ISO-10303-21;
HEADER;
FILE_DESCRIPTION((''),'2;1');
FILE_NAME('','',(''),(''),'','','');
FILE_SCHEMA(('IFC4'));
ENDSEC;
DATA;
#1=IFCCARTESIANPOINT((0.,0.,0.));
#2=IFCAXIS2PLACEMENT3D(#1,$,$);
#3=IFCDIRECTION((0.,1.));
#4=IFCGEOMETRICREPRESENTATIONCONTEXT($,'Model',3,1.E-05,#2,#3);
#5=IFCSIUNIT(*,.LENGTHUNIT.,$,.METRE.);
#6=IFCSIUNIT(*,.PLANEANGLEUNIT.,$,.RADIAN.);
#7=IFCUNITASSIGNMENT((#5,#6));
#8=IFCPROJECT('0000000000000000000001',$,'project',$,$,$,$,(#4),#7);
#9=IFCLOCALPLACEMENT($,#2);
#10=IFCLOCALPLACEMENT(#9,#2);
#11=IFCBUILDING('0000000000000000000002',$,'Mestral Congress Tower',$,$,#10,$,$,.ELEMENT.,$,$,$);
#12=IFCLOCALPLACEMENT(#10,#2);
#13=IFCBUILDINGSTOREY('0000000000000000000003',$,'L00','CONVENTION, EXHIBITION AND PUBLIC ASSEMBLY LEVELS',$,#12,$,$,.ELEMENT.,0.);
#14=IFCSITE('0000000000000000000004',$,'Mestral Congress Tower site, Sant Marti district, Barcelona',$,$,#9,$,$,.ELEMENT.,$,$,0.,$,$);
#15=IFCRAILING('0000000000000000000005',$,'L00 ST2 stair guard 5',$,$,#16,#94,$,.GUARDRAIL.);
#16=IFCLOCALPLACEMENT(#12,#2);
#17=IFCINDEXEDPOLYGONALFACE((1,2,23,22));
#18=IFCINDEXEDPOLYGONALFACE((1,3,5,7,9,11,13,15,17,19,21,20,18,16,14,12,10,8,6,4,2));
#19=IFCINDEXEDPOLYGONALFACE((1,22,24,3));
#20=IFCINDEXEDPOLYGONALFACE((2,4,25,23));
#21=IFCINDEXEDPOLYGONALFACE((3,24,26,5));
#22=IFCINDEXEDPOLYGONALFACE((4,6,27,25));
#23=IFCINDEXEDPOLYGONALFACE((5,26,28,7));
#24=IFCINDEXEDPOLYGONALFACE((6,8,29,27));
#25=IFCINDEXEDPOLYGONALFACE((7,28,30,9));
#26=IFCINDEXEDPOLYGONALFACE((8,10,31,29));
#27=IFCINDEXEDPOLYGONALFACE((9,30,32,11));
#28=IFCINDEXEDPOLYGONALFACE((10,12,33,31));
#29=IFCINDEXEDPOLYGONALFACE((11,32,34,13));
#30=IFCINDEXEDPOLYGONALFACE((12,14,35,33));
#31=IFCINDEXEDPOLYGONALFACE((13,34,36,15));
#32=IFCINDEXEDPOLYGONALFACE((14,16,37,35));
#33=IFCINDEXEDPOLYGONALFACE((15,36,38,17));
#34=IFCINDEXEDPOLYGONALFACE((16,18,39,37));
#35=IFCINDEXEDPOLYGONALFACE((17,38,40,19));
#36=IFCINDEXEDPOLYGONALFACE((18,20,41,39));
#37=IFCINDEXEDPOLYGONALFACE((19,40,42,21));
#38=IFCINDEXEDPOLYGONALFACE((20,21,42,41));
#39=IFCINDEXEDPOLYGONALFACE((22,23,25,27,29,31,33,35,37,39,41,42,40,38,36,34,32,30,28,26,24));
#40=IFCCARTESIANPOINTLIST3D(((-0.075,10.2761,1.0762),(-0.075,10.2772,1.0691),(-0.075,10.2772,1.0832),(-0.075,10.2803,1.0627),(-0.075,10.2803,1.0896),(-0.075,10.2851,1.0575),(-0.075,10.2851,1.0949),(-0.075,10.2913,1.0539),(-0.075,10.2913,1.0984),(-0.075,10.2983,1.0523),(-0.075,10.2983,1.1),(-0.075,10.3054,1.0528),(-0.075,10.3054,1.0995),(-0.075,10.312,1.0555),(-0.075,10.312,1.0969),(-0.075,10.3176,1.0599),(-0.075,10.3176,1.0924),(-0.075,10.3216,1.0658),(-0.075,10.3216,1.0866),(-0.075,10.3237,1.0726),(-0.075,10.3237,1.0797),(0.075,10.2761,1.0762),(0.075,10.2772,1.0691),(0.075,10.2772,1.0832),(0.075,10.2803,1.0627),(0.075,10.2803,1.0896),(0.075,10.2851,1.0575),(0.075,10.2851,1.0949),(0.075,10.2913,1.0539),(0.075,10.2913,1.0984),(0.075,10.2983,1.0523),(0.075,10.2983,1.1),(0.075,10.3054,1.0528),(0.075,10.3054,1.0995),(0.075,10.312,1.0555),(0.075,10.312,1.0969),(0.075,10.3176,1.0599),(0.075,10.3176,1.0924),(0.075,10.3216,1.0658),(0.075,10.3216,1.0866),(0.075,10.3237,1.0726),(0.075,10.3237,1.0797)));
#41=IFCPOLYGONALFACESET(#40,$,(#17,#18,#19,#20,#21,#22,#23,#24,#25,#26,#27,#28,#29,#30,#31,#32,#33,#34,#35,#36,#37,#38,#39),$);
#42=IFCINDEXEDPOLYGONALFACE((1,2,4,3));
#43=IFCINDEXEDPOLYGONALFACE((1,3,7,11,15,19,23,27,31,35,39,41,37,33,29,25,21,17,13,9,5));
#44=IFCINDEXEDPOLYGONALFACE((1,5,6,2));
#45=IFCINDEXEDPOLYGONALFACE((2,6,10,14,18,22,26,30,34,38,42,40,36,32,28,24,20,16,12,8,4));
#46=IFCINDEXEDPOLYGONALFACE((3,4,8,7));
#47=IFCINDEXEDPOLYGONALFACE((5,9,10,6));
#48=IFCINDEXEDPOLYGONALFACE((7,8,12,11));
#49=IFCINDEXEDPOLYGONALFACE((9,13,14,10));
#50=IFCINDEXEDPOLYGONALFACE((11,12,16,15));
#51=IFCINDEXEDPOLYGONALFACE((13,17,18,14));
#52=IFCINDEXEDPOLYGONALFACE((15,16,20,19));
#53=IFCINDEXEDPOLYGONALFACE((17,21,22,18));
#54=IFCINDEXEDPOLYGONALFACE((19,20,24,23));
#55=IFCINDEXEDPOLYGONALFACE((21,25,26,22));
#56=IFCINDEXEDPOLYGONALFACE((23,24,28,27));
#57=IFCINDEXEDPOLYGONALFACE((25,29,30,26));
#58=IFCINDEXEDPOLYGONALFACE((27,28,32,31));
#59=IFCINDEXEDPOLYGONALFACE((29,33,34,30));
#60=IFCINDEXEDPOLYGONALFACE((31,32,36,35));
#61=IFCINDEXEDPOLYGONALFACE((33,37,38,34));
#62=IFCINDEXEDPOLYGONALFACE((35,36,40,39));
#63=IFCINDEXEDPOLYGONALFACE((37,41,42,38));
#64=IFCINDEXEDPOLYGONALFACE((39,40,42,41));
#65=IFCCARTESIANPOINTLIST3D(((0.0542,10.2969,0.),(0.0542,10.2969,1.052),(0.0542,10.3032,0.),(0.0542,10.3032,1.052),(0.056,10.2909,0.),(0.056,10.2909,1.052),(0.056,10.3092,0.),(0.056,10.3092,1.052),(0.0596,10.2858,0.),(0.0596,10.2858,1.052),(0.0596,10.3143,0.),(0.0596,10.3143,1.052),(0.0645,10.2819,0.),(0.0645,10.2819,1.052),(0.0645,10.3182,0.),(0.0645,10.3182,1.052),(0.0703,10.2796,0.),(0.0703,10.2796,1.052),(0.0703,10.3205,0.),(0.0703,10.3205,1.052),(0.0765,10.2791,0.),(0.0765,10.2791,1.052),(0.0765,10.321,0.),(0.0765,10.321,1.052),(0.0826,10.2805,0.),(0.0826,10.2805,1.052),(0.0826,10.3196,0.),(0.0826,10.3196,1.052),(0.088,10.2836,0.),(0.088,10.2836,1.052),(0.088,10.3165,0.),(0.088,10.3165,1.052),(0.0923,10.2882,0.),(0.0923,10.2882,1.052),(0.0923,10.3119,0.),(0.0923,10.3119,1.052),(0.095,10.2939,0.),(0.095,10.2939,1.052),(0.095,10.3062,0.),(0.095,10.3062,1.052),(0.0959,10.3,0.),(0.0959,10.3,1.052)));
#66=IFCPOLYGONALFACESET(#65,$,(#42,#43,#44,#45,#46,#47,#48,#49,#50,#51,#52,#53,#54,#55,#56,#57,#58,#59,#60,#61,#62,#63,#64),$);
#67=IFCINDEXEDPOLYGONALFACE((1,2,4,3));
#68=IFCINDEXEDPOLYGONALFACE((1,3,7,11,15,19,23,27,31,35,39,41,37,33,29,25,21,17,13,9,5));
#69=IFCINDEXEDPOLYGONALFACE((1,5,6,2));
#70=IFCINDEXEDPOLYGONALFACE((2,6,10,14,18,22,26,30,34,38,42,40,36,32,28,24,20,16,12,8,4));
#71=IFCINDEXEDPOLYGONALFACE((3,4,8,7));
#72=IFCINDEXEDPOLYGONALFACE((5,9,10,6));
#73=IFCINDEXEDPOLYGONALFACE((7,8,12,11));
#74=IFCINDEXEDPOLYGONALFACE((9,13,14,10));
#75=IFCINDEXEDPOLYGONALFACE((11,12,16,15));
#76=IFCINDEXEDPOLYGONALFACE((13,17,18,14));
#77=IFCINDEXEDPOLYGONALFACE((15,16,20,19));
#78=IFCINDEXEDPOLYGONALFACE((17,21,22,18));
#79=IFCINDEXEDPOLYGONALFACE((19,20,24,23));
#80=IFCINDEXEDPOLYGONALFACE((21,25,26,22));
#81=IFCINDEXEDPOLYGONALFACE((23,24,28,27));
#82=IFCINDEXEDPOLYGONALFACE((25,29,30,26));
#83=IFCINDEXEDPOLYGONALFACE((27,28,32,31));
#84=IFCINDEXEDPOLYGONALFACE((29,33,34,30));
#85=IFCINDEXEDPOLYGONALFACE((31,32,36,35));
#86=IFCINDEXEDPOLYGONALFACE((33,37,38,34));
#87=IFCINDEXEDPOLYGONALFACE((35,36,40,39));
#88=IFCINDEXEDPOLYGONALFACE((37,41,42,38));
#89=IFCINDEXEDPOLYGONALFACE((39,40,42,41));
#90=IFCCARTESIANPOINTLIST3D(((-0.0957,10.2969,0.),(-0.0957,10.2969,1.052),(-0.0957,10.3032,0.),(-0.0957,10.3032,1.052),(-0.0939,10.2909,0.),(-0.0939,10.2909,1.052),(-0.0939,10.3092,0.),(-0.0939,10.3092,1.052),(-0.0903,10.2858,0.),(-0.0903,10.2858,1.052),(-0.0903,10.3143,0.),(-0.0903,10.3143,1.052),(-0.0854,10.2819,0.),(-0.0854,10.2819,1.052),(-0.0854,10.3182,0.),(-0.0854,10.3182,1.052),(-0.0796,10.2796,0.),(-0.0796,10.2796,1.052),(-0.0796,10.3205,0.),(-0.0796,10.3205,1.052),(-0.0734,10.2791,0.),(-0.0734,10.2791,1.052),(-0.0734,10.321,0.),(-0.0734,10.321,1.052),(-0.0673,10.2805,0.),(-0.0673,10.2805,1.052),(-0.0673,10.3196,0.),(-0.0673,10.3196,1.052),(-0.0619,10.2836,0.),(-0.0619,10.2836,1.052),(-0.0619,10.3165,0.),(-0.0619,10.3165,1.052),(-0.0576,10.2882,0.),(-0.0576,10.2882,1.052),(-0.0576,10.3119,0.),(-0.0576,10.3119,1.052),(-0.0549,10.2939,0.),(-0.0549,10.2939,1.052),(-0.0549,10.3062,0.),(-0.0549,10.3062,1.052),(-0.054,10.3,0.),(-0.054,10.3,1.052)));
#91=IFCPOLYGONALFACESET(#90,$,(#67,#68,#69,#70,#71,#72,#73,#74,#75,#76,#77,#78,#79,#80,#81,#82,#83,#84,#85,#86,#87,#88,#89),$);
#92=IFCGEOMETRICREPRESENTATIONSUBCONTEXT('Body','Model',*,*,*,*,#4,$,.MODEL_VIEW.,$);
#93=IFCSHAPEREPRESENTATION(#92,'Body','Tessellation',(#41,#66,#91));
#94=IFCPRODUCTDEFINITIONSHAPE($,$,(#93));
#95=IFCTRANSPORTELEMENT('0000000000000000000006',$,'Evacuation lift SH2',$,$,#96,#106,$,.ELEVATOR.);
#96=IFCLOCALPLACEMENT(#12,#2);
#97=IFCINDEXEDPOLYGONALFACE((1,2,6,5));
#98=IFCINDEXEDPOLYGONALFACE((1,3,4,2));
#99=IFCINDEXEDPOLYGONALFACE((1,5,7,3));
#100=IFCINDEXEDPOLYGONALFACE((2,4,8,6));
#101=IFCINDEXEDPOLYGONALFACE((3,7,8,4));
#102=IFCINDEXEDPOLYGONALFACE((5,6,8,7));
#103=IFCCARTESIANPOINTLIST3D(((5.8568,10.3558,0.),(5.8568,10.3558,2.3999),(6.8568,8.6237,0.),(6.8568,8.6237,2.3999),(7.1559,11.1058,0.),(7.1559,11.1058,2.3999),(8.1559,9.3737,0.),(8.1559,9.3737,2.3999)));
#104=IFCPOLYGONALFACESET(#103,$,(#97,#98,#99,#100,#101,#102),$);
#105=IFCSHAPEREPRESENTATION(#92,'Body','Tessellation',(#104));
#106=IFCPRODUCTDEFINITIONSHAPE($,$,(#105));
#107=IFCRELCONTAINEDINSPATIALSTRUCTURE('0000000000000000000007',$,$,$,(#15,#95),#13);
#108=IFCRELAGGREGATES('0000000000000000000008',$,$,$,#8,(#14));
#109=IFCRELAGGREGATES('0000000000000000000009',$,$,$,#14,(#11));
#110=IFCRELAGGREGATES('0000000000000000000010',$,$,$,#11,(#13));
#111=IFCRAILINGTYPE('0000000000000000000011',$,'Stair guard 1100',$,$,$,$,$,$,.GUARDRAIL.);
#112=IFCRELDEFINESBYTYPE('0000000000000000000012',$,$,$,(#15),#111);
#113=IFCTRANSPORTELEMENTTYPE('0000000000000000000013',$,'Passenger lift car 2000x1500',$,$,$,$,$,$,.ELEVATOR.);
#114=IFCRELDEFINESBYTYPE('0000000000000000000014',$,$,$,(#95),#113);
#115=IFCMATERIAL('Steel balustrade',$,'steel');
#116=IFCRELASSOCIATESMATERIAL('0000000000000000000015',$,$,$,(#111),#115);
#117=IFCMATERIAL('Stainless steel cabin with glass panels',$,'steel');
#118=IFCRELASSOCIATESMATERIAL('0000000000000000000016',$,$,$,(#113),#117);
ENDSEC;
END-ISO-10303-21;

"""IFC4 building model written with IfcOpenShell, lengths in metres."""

from ifc_helpers import new_model, si_unit, direction, frame, origin, origin_2d, place, context, subcontext, project, spatial, rectangle, circle, extrude, material, type_object, element, save


model = new_model("IFC4")

# Units and contexts
model_context = context("Model", 3, precision=1e-05, world=origin(), true_north=direction((0.0, 1.0)))
body_context = subcontext(model_context, "Body", "Model", "MODEL_VIEW")
ifc_project = project(units=[si_unit("LENGTHUNIT", "METRE"), si_unit("PLANEANGLEUNIT", "RADIAN")], contexts=[model_context])

# Site, building, storey
site_placement = place(None, origin())
site = spatial("IfcSite", under=ifc_project, at=site_placement, Name="Mestral Congress Tower site, Sant Marti district, Barcelona", CompositionType="ELEMENT", RefElevation=0.0)
building_placement = place(site_placement, origin())
building = spatial("IfcBuilding", under=site, at=building_placement, Name="Mestral Congress Tower", CompositionType="ELEMENT")
storey_placement = place(building_placement, origin())
storey = spatial("IfcBuildingStorey", under=building, at=storey_placement, Name="L00", Description="CONVENTION, EXHIBITION AND PUBLIC ASSEMBLY LEVELS", CompositionType="ELEMENT", Elevation=0.0)

# Railing
ifc_material_1 = material(Name="Steel balustrade", Category="steel")
railing_type_1 = type_object("IfcRailingType", Name="Stair guard 1100", PredefinedType="GUARDRAIL", material=ifc_material_1)
railing_1_placement = place(storey_placement, frame((0.075, 10.3, 0.0)))
element("IfcRailing", 1, at=railing_1_placement, inside=storey, type_object=railing_type_1, Name="L00 ST2 stair guard 5", PredefinedType="GUARDRAIL", context=body_context, shape_type="SweptSolid", body=[
    extrude(circle(Radius=0.0239, at=origin_2d()), frame((0.0, 0.0, 1.0762), z_axis=(-1.0, 0.0, 0.0), x_axis=(0.0, -1.0, 0.0)), (0.0, 0.0, 1.0), 0.1499),
    extrude(circle(Radius=0.021, at=origin_2d()), origin(), (0.0, 0.0, 1.0), 1.052),
    extrude(circle(Radius=0.021, at=origin_2d()), frame((-0.1499, 0.0, 0.0)), (0.0, 0.0, 1.0), 1.052),
])

# Transport element
ifc_material_2 = material(Name="Stainless steel cabin with glass panels", Category="steel")
transport_element_type = type_object("IfcTransportElementType", Name="Passenger lift car 2000x1500", PredefinedType="ELEVATOR", material=ifc_material_2)
transport_element_placement = place(storey_placement, frame((7.0063, 9.8647, 0.0), z_axis=(0.0, 0.0, 1.0), x_axis=(0.866025, 0.5, 0.0)))
element("IfcTransportElement", 2, at=transport_element_placement, inside=storey, type_object=transport_element_type, Name="Evacuation lift SH2", PredefinedType="ELEVATOR", context=body_context, shape_type="SweptSolid", body=[
    extrude(rectangle(XDim=1.5, YDim=2.0, at=origin_2d()), origin(), (0.0, 0.0, 1.0), 2.3999),
])

save(model, "model.ifc")
